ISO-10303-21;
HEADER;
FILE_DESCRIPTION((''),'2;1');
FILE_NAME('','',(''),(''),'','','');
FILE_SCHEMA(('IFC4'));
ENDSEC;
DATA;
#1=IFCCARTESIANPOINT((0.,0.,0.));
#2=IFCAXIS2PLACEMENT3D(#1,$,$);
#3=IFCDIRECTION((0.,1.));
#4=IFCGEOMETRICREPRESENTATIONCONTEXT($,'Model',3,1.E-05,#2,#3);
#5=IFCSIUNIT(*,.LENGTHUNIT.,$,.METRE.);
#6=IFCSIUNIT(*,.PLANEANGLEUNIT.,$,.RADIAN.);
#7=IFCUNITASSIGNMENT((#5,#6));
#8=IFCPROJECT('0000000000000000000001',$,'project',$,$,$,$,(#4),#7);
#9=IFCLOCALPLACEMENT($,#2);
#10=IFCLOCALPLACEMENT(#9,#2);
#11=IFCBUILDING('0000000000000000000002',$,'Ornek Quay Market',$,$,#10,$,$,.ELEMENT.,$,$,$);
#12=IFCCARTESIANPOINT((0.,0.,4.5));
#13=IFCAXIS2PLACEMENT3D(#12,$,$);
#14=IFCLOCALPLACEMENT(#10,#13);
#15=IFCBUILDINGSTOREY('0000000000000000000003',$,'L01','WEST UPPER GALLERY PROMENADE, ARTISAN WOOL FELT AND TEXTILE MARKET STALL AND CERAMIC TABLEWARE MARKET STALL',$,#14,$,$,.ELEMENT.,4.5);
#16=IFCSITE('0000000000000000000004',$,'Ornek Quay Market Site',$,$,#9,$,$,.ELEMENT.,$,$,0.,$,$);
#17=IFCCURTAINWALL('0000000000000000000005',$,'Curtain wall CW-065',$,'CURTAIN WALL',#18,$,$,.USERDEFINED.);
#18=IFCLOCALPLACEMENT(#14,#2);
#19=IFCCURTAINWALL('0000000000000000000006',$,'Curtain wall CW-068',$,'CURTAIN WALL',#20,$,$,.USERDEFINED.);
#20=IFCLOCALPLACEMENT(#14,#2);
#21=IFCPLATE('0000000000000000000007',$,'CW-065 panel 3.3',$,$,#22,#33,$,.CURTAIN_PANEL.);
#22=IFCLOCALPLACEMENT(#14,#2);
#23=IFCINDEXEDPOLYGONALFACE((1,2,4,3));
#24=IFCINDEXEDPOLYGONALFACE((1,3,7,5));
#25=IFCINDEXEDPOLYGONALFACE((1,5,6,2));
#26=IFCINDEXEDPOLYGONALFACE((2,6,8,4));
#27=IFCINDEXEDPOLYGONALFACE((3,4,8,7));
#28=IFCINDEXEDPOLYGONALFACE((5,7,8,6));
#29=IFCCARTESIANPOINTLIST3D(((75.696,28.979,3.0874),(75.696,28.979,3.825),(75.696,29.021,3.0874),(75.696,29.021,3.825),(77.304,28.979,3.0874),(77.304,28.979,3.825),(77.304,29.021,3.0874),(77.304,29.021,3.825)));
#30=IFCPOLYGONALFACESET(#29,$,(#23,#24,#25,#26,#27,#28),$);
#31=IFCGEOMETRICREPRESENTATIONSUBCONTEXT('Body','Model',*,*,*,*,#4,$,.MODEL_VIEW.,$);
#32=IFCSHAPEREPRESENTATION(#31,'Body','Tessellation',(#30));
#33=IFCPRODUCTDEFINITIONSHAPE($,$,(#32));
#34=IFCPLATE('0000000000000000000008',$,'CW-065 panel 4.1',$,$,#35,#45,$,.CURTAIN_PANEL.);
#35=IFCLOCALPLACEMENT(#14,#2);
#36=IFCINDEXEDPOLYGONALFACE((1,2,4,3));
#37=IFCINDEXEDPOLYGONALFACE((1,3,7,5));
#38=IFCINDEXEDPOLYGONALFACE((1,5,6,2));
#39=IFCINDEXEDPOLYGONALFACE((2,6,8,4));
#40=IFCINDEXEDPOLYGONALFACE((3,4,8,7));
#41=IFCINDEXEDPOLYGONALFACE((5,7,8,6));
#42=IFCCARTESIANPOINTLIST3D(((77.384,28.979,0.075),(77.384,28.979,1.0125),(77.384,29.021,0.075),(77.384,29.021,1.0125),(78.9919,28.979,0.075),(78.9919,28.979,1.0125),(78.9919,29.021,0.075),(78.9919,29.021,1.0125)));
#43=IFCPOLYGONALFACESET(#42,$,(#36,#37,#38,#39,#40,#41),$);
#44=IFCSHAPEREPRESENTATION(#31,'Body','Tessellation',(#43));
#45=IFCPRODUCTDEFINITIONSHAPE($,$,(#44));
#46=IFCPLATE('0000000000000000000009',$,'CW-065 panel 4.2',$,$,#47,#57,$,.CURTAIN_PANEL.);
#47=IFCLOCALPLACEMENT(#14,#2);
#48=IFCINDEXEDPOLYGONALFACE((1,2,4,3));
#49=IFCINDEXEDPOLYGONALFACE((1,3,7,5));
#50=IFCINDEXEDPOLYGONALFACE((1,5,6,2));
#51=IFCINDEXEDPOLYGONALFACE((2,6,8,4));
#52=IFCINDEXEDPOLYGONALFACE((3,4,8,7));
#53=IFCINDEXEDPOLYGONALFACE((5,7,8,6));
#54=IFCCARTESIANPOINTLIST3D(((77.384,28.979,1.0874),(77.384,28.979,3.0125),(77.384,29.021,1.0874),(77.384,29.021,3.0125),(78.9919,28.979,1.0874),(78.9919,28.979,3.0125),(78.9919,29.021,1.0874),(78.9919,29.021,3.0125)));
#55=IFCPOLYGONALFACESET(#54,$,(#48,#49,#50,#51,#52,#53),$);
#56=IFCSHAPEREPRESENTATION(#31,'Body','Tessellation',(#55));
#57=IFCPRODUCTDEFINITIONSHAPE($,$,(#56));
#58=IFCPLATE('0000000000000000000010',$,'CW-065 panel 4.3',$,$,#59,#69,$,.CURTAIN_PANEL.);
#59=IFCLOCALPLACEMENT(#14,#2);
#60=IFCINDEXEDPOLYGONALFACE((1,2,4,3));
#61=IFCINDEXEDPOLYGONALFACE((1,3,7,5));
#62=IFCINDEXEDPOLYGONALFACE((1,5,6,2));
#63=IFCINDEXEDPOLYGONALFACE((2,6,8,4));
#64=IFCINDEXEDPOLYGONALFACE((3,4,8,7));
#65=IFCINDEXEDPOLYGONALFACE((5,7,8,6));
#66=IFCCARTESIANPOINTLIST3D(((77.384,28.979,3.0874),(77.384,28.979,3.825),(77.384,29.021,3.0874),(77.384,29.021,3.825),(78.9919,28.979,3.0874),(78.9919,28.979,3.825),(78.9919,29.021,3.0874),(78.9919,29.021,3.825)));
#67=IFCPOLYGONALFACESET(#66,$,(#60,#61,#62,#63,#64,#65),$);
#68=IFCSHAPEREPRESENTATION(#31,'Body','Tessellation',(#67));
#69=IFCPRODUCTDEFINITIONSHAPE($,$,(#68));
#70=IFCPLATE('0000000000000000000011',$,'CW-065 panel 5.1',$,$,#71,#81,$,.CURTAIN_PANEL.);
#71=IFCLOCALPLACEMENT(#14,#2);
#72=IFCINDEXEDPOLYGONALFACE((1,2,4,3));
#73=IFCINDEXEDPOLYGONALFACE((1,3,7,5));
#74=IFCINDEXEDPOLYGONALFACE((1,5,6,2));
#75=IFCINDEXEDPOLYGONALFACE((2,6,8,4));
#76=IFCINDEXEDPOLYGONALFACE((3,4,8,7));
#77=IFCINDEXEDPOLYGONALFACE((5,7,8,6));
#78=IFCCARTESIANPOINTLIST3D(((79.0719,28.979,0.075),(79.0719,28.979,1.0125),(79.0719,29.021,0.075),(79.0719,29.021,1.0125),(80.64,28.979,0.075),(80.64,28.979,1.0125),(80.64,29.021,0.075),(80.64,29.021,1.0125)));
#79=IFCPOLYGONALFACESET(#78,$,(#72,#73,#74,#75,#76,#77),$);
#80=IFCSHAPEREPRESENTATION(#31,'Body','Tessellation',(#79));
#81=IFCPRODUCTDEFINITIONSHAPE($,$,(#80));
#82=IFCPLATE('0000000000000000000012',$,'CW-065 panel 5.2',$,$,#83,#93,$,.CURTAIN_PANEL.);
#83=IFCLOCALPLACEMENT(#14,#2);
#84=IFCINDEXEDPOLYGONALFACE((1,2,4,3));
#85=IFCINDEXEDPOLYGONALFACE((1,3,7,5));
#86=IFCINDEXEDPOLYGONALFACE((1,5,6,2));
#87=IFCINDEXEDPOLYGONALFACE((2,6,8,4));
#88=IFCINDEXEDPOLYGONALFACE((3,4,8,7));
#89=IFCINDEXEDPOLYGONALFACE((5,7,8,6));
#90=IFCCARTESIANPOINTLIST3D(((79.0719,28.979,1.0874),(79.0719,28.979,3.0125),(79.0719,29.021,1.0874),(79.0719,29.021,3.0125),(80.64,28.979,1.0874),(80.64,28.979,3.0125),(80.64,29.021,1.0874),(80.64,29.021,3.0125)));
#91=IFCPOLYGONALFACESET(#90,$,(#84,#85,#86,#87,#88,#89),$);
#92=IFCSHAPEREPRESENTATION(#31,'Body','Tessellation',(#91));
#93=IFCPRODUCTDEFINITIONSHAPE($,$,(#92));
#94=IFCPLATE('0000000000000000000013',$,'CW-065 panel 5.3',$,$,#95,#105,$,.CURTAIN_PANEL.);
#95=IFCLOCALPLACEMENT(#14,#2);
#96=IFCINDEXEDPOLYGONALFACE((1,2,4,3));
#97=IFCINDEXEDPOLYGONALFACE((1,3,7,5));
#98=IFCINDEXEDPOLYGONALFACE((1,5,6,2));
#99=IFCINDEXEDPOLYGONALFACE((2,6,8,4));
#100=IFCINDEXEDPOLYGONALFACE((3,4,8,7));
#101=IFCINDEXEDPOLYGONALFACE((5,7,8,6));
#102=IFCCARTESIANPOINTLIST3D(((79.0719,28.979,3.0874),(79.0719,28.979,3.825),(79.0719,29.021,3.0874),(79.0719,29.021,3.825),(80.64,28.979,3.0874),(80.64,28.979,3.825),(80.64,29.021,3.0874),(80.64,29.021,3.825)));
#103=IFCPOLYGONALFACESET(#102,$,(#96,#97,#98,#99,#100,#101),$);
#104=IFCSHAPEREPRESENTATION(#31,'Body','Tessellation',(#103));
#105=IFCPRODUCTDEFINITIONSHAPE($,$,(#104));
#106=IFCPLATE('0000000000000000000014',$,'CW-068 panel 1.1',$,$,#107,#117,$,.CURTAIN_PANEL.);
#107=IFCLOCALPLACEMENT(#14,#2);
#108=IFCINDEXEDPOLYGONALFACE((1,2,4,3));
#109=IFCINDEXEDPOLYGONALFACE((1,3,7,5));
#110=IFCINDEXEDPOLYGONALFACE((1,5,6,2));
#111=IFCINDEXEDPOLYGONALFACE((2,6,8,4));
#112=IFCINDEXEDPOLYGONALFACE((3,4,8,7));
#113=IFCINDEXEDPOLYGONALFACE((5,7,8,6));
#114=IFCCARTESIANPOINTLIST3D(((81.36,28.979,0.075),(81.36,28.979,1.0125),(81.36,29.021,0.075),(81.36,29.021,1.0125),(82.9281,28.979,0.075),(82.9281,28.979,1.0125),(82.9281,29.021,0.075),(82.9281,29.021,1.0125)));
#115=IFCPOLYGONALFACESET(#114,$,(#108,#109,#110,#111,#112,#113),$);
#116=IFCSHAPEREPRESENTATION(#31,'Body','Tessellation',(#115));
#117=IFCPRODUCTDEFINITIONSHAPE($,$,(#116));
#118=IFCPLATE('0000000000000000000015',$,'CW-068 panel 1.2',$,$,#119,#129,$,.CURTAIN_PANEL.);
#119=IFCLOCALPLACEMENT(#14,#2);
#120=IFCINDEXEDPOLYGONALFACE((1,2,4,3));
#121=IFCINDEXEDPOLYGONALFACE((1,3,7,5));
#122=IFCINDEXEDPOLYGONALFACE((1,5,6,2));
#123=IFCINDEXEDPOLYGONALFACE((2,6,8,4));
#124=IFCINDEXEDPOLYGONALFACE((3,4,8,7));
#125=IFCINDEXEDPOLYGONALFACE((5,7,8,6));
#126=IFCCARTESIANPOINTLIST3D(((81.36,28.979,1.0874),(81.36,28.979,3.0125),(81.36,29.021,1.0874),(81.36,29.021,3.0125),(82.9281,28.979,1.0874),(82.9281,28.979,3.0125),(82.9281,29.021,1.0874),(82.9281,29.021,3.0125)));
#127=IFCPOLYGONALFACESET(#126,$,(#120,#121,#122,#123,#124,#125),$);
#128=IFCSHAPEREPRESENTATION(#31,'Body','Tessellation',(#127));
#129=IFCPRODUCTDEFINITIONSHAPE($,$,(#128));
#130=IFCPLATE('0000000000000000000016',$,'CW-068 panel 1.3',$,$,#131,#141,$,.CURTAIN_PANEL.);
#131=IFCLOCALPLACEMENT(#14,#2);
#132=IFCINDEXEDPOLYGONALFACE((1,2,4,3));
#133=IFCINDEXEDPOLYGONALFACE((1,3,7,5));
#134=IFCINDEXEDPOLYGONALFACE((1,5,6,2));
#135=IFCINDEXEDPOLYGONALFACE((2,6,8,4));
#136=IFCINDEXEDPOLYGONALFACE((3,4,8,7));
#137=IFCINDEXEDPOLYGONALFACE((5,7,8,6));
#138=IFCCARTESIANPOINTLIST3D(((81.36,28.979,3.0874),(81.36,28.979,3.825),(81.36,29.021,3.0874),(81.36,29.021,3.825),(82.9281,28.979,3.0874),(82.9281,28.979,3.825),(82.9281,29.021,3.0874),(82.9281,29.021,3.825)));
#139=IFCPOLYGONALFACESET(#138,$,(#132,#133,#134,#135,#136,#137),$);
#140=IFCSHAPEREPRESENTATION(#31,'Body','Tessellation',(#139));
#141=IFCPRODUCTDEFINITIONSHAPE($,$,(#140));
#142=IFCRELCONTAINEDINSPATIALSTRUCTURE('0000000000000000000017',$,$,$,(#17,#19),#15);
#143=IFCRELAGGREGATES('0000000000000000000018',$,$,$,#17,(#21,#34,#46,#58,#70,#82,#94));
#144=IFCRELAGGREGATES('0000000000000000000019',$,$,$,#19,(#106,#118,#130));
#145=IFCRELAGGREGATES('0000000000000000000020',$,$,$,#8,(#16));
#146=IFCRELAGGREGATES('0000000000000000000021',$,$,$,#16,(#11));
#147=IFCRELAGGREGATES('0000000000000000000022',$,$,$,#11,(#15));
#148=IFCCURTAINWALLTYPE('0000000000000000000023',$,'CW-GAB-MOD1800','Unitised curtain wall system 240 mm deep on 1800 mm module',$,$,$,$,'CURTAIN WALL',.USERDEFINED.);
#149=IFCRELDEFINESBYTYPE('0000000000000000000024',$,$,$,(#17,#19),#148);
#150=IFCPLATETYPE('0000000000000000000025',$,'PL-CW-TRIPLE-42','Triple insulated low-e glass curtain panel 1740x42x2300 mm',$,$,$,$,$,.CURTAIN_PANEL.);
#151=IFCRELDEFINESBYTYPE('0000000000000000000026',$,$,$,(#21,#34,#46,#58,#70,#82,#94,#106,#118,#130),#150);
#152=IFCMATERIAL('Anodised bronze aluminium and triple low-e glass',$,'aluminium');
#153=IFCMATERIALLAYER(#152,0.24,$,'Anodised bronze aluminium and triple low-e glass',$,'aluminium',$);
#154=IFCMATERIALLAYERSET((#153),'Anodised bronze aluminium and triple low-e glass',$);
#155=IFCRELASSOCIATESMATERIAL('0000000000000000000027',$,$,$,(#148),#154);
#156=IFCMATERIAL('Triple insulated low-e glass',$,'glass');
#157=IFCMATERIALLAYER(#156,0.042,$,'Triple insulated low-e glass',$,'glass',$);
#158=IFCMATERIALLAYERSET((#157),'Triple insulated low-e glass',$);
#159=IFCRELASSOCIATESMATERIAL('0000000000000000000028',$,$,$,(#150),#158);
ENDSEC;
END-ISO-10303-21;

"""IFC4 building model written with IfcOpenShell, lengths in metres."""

from ifc_helpers import new_model, si_unit, direction, frame, origin, origin_2d, place, context, subcontext, project, spatial, rectangle, extrude, material, layer, layer_set, type_object, element, aggregate, save


model = new_model("IFC4")

# Units and contexts
model_context = context("Model", 3, precision=1e-05, world=origin(), true_north=direction((0.0, 1.0)))
body_context = subcontext(model_context, "Body", "Model", "MODEL_VIEW")
ifc_project = project(units=[si_unit("LENGTHUNIT", "METRE"), si_unit("PLANEANGLEUNIT", "RADIAN")], contexts=[model_context])

# Site, building, storey
site_placement = place(None, origin())
site = spatial("IfcSite", under=ifc_project, at=site_placement, Name="Ornek Quay Market Site", CompositionType="ELEMENT", RefElevation=0.0)
building_placement = place(site_placement, origin())
building = spatial("IfcBuilding", under=site, at=building_placement, Name="Ornek Quay Market", CompositionType="ELEMENT")
storey_placement = place(building_placement, frame((0.0, 0.0, 4.5)))
storey = spatial("IfcBuildingStorey", under=building, at=storey_placement, Name="L01", Description="WEST UPPER GALLERY PROMENADE, ARTISAN WOOL FELT AND TEXTILE MARKET STALL AND CERAMIC TABLEWARE MARKET STALL", CompositionType="ELEMENT", Elevation=4.5)

# Curtain walls
ifc_material_1 = material(Name="Anodised bronze aluminium and triple low-e glass", Category="aluminium")
ifc_layer_1 = layer(ifc_material_1, 0.24, Name="Anodised bronze aluminium and triple low-e glass", Category="aluminium")
ifc_layer_set_1 = layer_set([ifc_layer_1], Name="Anodised bronze aluminium and triple low-e glass")
curtain_wall_type = type_object("IfcCurtainWallType", Name="CW-GAB-MOD1800", Description="Unitised curtain wall system 240 mm deep on 1800 mm module", ElementType="CURTAIN WALL", PredefinedType="USERDEFINED", material=ifc_layer_set_1)
curtain_wall_1_placement = place(storey_placement, origin())
curtain_wall_1 = element("IfcCurtainWall", 1, at=curtain_wall_1_placement, inside=storey, type_object=curtain_wall_type, Name="Curtain wall CW-065", ObjectType="CURTAIN WALL", PredefinedType="USERDEFINED")
curtain_wall_2_placement = place(storey_placement, origin())
curtain_wall_2 = element("IfcCurtainWall", 2, at=curtain_wall_2_placement, inside=storey, type_object=curtain_wall_type, Name="Curtain wall CW-068", ObjectType="CURTAIN WALL", PredefinedType="USERDEFINED")

# Plates
ifc_material_2 = material(Name="Triple insulated low-e glass", Category="glass")
ifc_layer_2 = layer(ifc_material_2, 0.042, Name="Triple insulated low-e glass", Category="glass")
ifc_layer_set_2 = layer_set([ifc_layer_2], Name="Triple insulated low-e glass")
plate_type = type_object("IfcPlateType", Name="PL-CW-TRIPLE-42", Description="Triple insulated low-e glass curtain panel 1740x42x2300 mm", PredefinedType="CURTAIN_PANEL", material=ifc_layer_set_2)
plate_1_placement = place(storey_placement, frame((76.5, 29.0, 3.0874), z_axis=(0.0, 0.0, 1.0), x_axis=(1.0, 0.0, 0.0)))
plate_1 = element("IfcPlate", 3, at=plate_1_placement, type_object=plate_type, Name="CW-065 panel 3.3", PredefinedType="CURTAIN_PANEL", context=body_context, shape_type="SweptSolid", body=[
    extrude(rectangle(XDim=1.6079, YDim=0.042, at=origin_2d()), origin(), (0.0, 0.0, 1.0), 0.7375),
])
plate_2_placement = place(storey_placement, frame((78.188, 29.0, 0.075), z_axis=(0.0, 0.0, 1.0), x_axis=(1.0, 0.0, 0.0)))
plate_2 = element("IfcPlate", 4, at=plate_2_placement, type_object=plate_type, Name="CW-065 panel 4.1", PredefinedType="CURTAIN_PANEL", context=body_context, shape_type="SweptSolid", body=[
    extrude(rectangle(XDim=1.6079, YDim=0.042, at=origin_2d()), origin(), (0.0, 0.0, 1.0), 0.9375),
])
plate_3_placement = place(storey_placement, frame((78.188, 29.0, 1.0874), z_axis=(0.0, 0.0, 1.0), x_axis=(1.0, 0.0, 0.0)))
plate_3 = element("IfcPlate", 5, at=plate_3_placement, type_object=plate_type, Name="CW-065 panel 4.2", PredefinedType="CURTAIN_PANEL", context=body_context, shape_type="SweptSolid", body=[
    extrude(rectangle(XDim=1.6079, YDim=0.042, at=origin_2d()), origin(), (0.0, 0.0, 1.0), 1.925),
])
plate_4_placement = place(storey_placement, frame((78.188, 29.0, 3.0874), z_axis=(0.0, 0.0, 1.0), x_axis=(1.0, 0.0, 0.0)))
plate_4 = element("IfcPlate", 6, at=plate_4_placement, type_object=plate_type, Name="CW-065 panel 4.3", PredefinedType="CURTAIN_PANEL", context=body_context, shape_type="SweptSolid", body=[
    extrude(rectangle(XDim=1.6079, YDim=0.042, at=origin_2d()), origin(), (0.0, 0.0, 1.0), 0.7375),
])
plate_5_placement = place(storey_placement, frame((79.856, 29.0, 0.075), z_axis=(0.0, 0.0, 1.0), x_axis=(1.0, 0.0, 0.0)))
plate_5 = element("IfcPlate", 7, at=plate_5_placement, type_object=plate_type, Name="CW-065 panel 5.1", PredefinedType="CURTAIN_PANEL", context=body_context, shape_type="SweptSolid", body=[
    extrude(rectangle(XDim=1.5681, YDim=0.042, at=origin_2d()), origin(), (0.0, 0.0, 1.0), 0.9375),
])
plate_6_placement = place(storey_placement, frame((79.856, 29.0, 1.0874), z_axis=(0.0, 0.0, 1.0), x_axis=(1.0, 0.0, 0.0)))
plate_6 = element("IfcPlate", 8, at=plate_6_placement, type_object=plate_type, Name="CW-065 panel 5.2", PredefinedType="CURTAIN_PANEL", context=body_context, shape_type="SweptSolid", body=[
    extrude(rectangle(XDim=1.5681, YDim=0.042, at=origin_2d()), origin(), (0.0, 0.0, 1.0), 1.925),
])
plate_7_placement = place(storey_placement, frame((79.856, 29.0, 3.0874), z_axis=(0.0, 0.0, 1.0), x_axis=(1.0, 0.0, 0.0)))
plate_7 = element("IfcPlate", 9, at=plate_7_placement, type_object=plate_type, Name="CW-065 panel 5.3", PredefinedType="CURTAIN_PANEL", context=body_context, shape_type="SweptSolid", body=[
    extrude(rectangle(XDim=1.5681, YDim=0.042, at=origin_2d()), origin(), (0.0, 0.0, 1.0), 0.7375),
])
aggregate(curtain_wall_1, [plate_1, plate_2, plate_3, plate_4, plate_5, plate_6, plate_7])
plate_8_placement = place(storey_placement, frame((82.144, 29.0, 0.075), z_axis=(0.0, 0.0, 1.0), x_axis=(1.0, 0.0, 0.0)))
plate_8 = element("IfcPlate", 10, at=plate_8_placement, type_object=plate_type, Name="CW-068 panel 1.1", PredefinedType="CURTAIN_PANEL", context=body_context, shape_type="SweptSolid", body=[
    extrude(rectangle(XDim=1.5681, YDim=0.042, at=origin_2d()), origin(), (0.0, 0.0, 1.0), 0.9375),
])
plate_9_placement = place(storey_placement, frame((82.144, 29.0, 1.0874), z_axis=(0.0, 0.0, 1.0), x_axis=(1.0, 0.0, 0.0)))
plate_9 = element("IfcPlate", 11, at=plate_9_placement, type_object=plate_type, Name="CW-068 panel 1.2", PredefinedType="CURTAIN_PANEL", context=body_context, shape_type="SweptSolid", body=[
    extrude(rectangle(XDim=1.5681, YDim=0.042, at=origin_2d()), origin(), (0.0, 0.0, 1.0), 1.925),
])
plate_10_placement = place(storey_placement, frame((82.144, 29.0, 3.0874), z_axis=(0.0, 0.0, 1.0), x_axis=(1.0, 0.0, 0.0)))
plate_10 = element("IfcPlate", 12, at=plate_10_placement, type_object=plate_type, Name="CW-068 panel 1.3", PredefinedType="CURTAIN_PANEL", context=body_context, shape_type="SweptSolid", body=[
    extrude(rectangle(XDim=1.5681, YDim=0.042, at=origin_2d()), origin(), (0.0, 0.0, 1.0), 0.7375),
])
aggregate(curtain_wall_2, [plate_8, plate_9, plate_10])

save(model, "model.ifc")
